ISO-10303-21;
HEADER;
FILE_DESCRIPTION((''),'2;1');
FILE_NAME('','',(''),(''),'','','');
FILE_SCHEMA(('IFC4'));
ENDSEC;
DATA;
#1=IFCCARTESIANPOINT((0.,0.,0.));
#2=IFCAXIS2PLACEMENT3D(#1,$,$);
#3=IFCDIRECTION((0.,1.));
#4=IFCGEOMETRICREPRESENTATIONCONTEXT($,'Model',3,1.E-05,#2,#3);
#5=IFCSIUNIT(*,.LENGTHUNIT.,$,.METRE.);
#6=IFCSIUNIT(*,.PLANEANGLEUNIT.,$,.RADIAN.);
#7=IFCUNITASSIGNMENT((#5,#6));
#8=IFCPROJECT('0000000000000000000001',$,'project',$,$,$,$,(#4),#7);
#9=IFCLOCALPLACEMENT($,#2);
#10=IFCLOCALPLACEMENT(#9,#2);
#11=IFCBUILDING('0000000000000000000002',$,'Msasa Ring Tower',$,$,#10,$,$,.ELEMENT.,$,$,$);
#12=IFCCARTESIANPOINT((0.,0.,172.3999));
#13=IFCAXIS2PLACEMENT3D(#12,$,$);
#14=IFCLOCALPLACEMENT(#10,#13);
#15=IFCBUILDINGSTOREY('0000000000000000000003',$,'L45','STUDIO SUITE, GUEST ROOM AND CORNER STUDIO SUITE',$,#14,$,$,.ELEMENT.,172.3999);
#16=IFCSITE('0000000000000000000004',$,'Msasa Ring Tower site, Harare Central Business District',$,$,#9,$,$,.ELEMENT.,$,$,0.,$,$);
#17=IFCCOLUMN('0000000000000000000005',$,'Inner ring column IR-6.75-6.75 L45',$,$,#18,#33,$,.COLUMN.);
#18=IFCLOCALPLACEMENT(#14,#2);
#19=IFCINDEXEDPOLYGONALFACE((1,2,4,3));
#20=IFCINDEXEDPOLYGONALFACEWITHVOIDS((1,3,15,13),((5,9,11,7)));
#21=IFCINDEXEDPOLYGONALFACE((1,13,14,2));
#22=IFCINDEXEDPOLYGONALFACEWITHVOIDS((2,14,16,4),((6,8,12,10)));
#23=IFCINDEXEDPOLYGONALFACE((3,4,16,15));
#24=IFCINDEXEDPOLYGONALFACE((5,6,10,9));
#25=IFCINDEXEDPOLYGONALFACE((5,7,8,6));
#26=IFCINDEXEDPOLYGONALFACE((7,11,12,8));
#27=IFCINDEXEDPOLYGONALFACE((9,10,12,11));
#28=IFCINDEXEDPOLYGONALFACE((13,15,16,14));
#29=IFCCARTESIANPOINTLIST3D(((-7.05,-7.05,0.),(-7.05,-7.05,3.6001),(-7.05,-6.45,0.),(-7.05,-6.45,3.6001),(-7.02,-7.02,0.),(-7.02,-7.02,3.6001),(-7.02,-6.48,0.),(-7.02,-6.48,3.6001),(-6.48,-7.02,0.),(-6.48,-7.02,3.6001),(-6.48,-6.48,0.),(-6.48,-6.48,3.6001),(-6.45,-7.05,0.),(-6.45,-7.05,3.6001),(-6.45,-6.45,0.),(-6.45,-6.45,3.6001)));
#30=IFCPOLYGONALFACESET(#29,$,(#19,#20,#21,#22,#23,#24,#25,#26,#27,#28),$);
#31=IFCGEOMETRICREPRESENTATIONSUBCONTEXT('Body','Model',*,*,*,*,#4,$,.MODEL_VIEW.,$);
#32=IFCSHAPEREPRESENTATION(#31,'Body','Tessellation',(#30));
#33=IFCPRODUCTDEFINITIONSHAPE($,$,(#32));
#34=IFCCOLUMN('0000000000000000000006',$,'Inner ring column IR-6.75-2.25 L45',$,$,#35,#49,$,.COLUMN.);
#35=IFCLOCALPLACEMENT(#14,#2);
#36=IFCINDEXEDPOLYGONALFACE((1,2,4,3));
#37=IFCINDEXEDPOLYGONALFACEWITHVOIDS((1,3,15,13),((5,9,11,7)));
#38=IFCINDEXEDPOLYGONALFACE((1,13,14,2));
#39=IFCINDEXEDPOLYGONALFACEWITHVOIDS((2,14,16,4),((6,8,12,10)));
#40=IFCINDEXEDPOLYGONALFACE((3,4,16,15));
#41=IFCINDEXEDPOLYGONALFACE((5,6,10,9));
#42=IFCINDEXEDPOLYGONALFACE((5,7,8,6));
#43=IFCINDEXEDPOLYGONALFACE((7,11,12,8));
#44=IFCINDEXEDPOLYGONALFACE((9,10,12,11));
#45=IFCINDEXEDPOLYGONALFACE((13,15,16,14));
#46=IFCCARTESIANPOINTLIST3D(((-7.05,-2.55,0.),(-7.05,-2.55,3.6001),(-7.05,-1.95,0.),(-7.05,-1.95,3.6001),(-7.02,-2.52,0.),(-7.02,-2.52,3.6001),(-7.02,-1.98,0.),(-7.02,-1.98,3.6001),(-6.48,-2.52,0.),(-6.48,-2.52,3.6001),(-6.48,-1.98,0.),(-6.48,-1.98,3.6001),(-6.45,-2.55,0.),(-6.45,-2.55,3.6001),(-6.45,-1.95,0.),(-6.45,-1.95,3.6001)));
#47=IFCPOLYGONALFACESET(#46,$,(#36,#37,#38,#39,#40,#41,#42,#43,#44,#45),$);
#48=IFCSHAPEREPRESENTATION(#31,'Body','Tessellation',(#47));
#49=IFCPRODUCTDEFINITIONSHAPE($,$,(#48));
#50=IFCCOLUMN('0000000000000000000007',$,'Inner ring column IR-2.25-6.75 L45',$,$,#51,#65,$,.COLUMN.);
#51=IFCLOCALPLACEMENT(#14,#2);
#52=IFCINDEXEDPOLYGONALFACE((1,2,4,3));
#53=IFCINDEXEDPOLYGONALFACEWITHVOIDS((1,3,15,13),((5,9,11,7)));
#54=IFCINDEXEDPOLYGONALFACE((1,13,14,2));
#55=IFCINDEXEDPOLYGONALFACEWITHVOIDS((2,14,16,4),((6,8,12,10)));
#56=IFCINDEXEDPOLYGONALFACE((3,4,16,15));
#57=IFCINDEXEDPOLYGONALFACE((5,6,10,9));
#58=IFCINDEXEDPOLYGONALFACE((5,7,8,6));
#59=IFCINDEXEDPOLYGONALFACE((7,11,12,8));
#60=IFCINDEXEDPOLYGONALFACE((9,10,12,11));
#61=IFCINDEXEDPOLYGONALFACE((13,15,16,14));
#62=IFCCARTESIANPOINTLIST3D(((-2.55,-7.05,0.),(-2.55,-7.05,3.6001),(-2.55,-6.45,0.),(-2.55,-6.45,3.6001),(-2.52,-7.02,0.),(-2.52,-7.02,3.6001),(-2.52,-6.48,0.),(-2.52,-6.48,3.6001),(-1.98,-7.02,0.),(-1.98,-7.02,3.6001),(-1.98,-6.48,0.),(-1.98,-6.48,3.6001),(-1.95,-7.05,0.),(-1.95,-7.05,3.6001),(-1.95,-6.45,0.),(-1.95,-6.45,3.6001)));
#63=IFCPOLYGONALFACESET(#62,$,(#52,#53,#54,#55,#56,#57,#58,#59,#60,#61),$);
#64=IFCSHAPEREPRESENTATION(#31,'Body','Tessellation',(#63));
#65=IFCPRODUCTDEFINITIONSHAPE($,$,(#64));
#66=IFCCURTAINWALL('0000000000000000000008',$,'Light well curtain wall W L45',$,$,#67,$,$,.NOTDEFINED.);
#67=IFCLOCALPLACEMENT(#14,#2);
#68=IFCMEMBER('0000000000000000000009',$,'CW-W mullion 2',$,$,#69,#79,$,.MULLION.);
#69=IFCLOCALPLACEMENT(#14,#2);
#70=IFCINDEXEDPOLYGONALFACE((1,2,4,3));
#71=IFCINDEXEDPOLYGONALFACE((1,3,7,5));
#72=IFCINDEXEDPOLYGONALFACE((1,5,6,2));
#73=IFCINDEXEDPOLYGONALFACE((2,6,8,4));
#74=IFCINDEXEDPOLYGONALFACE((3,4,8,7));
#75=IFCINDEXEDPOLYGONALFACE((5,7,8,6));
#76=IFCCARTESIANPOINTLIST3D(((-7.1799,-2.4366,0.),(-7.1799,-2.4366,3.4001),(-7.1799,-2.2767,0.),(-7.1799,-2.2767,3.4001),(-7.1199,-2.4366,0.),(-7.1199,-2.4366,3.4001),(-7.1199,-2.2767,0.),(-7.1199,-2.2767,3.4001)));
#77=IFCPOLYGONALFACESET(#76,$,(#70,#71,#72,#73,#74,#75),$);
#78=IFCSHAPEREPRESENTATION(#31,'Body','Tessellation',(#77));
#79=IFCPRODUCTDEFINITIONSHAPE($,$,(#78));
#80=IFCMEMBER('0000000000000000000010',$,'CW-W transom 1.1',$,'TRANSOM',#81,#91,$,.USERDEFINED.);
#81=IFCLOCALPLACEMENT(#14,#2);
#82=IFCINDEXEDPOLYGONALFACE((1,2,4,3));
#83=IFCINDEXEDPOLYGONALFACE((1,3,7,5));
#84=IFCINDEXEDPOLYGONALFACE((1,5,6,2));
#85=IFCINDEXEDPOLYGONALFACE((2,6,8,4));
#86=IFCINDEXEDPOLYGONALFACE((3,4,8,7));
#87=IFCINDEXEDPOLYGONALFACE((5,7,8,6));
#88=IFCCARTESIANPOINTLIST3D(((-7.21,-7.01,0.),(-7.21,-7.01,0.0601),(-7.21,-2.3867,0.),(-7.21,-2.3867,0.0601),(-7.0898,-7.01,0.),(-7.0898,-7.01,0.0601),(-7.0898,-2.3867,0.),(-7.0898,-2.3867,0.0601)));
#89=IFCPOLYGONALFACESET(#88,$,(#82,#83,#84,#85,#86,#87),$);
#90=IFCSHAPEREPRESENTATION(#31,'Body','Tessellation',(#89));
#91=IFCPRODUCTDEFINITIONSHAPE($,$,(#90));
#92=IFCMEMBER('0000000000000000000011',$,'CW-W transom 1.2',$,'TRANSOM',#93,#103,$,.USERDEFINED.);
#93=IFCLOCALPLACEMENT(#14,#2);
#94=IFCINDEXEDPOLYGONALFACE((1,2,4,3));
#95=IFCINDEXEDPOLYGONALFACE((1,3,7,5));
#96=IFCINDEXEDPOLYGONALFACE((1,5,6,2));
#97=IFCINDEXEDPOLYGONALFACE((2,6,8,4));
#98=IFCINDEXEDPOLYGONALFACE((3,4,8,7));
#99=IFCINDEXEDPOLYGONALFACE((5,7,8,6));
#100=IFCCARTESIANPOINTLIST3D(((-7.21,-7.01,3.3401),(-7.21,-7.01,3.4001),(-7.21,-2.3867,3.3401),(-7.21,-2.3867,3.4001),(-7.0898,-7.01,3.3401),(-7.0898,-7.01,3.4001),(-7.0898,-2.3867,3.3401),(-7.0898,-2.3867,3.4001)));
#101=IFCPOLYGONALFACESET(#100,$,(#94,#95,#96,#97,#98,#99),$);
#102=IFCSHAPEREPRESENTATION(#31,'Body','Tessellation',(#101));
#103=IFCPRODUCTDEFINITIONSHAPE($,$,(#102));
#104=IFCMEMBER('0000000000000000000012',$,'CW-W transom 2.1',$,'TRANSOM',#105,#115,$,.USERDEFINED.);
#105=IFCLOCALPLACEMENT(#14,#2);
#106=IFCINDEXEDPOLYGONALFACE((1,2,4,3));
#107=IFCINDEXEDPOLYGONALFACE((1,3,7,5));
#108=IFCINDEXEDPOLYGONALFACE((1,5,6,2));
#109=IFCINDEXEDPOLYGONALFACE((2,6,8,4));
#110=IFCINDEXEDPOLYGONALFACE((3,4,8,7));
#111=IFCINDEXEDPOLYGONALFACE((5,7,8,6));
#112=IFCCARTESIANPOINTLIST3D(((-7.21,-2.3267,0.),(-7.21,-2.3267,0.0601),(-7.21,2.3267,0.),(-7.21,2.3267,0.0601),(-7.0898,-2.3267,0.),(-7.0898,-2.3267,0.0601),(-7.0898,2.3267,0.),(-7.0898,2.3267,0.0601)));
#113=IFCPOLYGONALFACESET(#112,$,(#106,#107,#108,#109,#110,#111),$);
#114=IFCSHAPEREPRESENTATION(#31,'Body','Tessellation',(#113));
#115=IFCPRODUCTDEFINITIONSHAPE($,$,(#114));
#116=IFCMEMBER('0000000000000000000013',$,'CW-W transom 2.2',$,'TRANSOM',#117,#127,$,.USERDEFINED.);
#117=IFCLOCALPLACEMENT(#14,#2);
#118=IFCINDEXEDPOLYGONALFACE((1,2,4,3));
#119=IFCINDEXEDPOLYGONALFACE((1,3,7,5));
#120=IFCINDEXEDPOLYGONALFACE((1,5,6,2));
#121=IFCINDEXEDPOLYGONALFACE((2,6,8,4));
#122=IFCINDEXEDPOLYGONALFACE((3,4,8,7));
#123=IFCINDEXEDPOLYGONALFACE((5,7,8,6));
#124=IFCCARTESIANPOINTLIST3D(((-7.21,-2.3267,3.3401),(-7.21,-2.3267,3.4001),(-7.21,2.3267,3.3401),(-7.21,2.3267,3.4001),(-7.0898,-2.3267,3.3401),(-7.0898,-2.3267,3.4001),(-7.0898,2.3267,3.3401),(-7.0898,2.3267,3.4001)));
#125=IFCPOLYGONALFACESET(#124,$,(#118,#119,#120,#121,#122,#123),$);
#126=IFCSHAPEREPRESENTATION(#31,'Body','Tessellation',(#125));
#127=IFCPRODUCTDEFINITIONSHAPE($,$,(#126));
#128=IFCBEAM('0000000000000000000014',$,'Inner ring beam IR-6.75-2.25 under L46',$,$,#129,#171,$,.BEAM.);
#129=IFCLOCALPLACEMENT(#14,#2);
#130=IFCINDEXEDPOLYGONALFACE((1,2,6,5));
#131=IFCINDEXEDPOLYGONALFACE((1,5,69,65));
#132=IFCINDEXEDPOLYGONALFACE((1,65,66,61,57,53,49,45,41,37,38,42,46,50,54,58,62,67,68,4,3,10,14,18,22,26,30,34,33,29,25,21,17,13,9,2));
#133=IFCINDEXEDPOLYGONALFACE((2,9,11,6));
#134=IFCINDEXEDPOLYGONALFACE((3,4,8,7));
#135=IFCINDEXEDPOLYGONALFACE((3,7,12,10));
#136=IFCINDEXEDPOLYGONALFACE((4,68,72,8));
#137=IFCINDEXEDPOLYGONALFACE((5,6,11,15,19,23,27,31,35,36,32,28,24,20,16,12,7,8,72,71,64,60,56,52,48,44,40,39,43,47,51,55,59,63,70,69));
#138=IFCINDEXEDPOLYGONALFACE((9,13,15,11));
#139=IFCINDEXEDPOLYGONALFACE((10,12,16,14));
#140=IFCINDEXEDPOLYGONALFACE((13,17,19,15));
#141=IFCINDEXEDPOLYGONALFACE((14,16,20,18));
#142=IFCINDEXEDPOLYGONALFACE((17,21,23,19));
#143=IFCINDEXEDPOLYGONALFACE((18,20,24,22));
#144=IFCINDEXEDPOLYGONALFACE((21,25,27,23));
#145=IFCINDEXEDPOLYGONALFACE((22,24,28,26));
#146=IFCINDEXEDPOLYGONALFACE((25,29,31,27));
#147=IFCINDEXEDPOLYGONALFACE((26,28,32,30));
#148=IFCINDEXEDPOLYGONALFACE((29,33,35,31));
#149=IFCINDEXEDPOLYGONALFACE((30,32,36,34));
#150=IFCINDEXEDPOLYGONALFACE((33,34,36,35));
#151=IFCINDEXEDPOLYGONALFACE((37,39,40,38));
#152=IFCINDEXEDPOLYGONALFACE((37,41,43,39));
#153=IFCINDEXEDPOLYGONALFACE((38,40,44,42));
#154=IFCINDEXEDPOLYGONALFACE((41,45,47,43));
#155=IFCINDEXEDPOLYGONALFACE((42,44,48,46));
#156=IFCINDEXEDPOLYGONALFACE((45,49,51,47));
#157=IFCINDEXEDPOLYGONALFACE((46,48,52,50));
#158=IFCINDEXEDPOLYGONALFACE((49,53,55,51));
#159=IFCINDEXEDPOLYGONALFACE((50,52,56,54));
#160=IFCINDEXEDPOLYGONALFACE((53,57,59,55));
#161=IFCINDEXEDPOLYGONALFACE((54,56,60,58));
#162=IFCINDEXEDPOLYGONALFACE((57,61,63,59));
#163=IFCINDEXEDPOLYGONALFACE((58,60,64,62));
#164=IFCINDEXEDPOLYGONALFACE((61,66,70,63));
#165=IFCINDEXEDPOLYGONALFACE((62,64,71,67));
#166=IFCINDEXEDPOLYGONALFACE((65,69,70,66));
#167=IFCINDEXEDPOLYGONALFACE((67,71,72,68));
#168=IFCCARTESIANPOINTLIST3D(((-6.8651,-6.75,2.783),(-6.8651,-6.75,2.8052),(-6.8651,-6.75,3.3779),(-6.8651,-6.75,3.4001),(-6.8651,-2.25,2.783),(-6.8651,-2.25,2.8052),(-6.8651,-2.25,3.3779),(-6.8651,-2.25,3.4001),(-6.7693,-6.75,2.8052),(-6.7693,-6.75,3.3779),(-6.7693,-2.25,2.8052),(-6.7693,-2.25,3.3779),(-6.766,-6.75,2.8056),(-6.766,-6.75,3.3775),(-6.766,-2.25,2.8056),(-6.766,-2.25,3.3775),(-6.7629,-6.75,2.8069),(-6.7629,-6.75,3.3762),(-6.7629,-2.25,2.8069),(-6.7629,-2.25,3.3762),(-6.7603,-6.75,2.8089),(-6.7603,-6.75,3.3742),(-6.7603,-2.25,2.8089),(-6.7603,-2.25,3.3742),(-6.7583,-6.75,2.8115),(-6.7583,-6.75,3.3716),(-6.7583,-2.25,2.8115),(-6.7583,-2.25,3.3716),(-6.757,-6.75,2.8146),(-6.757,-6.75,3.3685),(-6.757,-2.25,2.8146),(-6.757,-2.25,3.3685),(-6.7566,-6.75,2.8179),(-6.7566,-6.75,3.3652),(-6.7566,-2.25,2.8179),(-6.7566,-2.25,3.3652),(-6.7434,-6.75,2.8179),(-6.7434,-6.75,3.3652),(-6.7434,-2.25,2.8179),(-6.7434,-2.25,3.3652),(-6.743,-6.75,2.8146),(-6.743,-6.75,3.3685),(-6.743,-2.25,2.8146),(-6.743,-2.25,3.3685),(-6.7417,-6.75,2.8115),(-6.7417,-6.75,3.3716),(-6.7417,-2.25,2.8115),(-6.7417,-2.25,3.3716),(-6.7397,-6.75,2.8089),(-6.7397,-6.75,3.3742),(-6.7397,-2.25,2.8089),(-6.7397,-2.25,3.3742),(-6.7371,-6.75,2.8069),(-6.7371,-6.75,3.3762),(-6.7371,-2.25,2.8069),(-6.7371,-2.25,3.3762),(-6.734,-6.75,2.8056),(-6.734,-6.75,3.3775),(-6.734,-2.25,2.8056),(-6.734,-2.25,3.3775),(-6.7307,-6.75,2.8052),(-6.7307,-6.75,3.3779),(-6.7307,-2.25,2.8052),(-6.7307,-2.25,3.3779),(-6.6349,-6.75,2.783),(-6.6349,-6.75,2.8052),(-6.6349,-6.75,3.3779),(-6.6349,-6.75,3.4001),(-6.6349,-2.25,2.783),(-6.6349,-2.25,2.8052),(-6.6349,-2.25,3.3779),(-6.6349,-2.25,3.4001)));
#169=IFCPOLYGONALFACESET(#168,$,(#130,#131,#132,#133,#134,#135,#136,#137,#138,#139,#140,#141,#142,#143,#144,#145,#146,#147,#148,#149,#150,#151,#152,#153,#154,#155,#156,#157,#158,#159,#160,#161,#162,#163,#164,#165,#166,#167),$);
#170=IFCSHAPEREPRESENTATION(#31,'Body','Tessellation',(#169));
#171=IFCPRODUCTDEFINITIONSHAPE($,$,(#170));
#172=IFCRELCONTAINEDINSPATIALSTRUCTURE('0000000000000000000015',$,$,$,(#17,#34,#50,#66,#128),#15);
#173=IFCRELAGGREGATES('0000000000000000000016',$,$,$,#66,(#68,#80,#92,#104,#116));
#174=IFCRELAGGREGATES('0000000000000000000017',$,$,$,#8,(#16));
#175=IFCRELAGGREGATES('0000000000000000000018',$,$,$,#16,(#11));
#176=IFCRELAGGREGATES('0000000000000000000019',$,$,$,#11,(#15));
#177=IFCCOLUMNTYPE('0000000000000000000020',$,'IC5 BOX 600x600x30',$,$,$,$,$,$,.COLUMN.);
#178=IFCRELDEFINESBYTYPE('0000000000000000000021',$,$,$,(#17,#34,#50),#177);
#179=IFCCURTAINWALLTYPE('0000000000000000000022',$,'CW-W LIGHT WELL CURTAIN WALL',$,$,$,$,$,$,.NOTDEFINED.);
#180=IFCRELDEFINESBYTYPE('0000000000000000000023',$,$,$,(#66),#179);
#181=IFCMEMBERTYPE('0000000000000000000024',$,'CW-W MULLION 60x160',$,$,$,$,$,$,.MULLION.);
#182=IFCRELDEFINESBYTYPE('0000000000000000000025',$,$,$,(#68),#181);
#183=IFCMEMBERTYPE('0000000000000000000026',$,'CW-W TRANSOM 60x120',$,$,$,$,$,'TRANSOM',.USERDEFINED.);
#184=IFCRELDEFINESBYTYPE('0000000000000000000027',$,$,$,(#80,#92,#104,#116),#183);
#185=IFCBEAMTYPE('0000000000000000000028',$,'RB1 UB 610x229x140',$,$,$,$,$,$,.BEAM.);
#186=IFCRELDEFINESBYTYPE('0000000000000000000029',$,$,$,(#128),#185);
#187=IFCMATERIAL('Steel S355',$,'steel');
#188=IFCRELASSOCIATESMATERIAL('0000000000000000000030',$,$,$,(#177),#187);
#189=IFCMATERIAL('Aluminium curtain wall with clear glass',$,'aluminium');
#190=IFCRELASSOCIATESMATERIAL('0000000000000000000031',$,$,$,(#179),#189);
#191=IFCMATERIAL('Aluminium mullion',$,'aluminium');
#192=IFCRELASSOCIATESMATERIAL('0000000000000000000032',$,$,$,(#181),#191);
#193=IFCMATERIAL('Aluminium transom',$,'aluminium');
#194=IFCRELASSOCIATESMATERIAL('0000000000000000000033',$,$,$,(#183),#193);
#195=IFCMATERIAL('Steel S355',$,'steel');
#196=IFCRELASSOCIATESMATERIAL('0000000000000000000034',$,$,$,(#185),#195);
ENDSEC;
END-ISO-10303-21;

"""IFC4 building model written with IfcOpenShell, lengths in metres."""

from ifc_helpers import new_model, si_unit, direction, frame, origin, origin_2d, place, context, subcontext, project, spatial, rectangle, hollow_rectangle, i_section, extrude, material, material_profile, profile_set, type_object, element, aggregate, save


model = new_model("IFC4")

# Units and contexts
model_context = context("Model", 3, precision=1e-05, world=origin(), true_north=direction((0.0, 1.0)))
body_context = subcontext(model_context, "Body", "Model", "MODEL_VIEW")
ifc_project = project(units=[si_unit("LENGTHUNIT", "METRE"), si_unit("PLANEANGLEUNIT", "RADIAN")], contexts=[model_context])

# Site, building, storey
site_placement = place(None, origin())
site = spatial("IfcSite", under=ifc_project, at=site_placement, Name="Msasa Ring Tower site, Harare Central Business District", CompositionType="ELEMENT", RefElevation=0.0)
building_placement = place(site_placement, origin())
building = spatial("IfcBuilding", under=site, at=building_placement, Name="Msasa Ring Tower", CompositionType="ELEMENT")
storey_placement = place(building_placement, frame((0.0, 0.0, 172.3999)))
storey = spatial("IfcBuildingStorey", under=building, at=storey_placement, Name="L45", Description="STUDIO SUITE, GUEST ROOM AND CORNER STUDIO SUITE", CompositionType="ELEMENT", Elevation=172.3999)

# Columns
ifc_material_1 = material(Name="Steel S355", Category="steel")
ifc_material_profile_1 = material_profile(ifc_material_1, hollow_rectangle(XDim=0.6001, YDim=0.6001, WallThickness=0.03, at=origin_2d()), Name="BOX 600x600x30")
ifc_profile_set_1 = profile_set([ifc_material_profile_1], Name="Steel S355")
column_type = type_object("IfcColumnType", Name="IC5 BOX 600x600x30", PredefinedType="COLUMN", material=ifc_profile_set_1)
for number, where, z_axis, x_axis, name in (
    (1, (-6.75, -6.75, 0.0), (0.0, 0.0, 1.0), (1.0, 0.0, 0.0), "Inner ring column IR-6.75-6.75 L45"),
    (2, (-6.75, -2.25, 0.0), (0.0, 0.0, 1.0), (1.0, 0.0, 0.0), "Inner ring column IR-6.75-2.25 L45"),
    (3, (-2.25, -6.75, 0.0), (0.0, 0.0, 1.0), (1.0, 0.0, 0.0), "Inner ring column IR-2.25-6.75 L45"),
):
    element("IfcColumn", number, at=place(storey_placement, frame(where, z_axis=z_axis, x_axis=x_axis)), inside=storey, type_object=column_type, Name=name, PredefinedType="COLUMN", context=body_context, shape_type="SweptSolid", body=[
        extrude(hollow_rectangle(XDim=0.6001, YDim=0.6001, WallThickness=0.03, at=origin_2d()), origin(), (0.0, 0.0, 1.0), 3.6001),
    ])

# Curtain wall, members
ifc_material_2 = material(Name="Aluminium curtain wall with clear glass", Category="aluminium")
curtain_wall_type = type_object("IfcCurtainWallType", Name="CW-W LIGHT WELL CURTAIN WALL", PredefinedType="NOTDEFINED", material=ifc_material_2)
curtain_wall_placement = place(storey_placement, origin())
curtain_wall = element("IfcCurtainWall", 4, at=curtain_wall_placement, inside=storey, type_object=curtain_wall_type, Name="Light well curtain wall W L45", PredefinedType="NOTDEFINED")
ifc_material_3 = material(Name="Aluminium mullion", Category="aluminium")
ifc_material_profile_2 = material_profile(ifc_material_3, rectangle(XDim=0.0601, YDim=0.1599, at=origin_2d()), Name="AL 60x160")
ifc_profile_set_2 = profile_set([ifc_material_profile_2], Name="Aluminium mullion")
member_type_1 = type_object("IfcMemberType", Name="CW-W MULLION 60x160", PredefinedType="MULLION", material=ifc_profile_set_2)
member_1_placement = place(storey_placement, frame((-7.1499, -2.3567, 0.0), z_axis=(0.0, 0.0, 1.0), x_axis=(-1.0, 0.0, 0.0)))
member_1 = element("IfcMember", 5, at=member_1_placement, type_object=member_type_1, Name="CW-W mullion 2", PredefinedType="MULLION", context=body_context, shape_type="SweptSolid", body=[
    extrude(rectangle(XDim=0.0601, YDim=0.1599, at=origin_2d()), origin(), (0.0, 0.0, 1.0), 3.4001),
])
ifc_material_4 = material(Name="Aluminium transom", Category="aluminium")
ifc_material_profile_3 = material_profile(ifc_material_4, rectangle(XDim=0.1201, YDim=0.0601, at=origin_2d()), Name="AL 60x120")
ifc_profile_set_3 = profile_set([ifc_material_profile_3], Name="Aluminium transom")
member_type_2 = type_object("IfcMemberType", Name="CW-W TRANSOM 60x120", ElementType="TRANSOM", PredefinedType="USERDEFINED", material=ifc_profile_set_3)
member_2_placement = place(storey_placement, frame((-7.1499, -7.01, 0.03), z_axis=(0.0, 1.0, 0.0), x_axis=(-1.0, 0.0, 0.0)))
member_2 = element("IfcMember", 6, at=member_2_placement, type_object=member_type_2, Name="CW-W transom 1.1", ObjectType="TRANSOM", PredefinedType="USERDEFINED", context=body_context, shape_type="SweptSolid", body=[
    extrude(rectangle(XDim=0.1201, YDim=0.0601, at=origin_2d()), origin(), (0.0, 0.0, 1.0), 4.6233),
])
member_3_placement = place(storey_placement, frame((-7.1499, -7.01, 3.3701), z_axis=(0.0, 1.0, 0.0), x_axis=(-1.0, 0.0, 0.0)))
member_3 = element("IfcMember", 7, at=member_3_placement, type_object=member_type_2, Name="CW-W transom 1.2", ObjectType="TRANSOM", PredefinedType="USERDEFINED", context=body_context, shape_type="SweptSolid", body=[
    extrude(rectangle(XDim=0.1201, YDim=0.0601, at=origin_2d()), origin(), (0.0, 0.0, 1.0), 4.6233),
])
member_4_placement = place(storey_placement, frame((-7.1499, -2.3267, 0.03), z_axis=(0.0, 1.0, 0.0), x_axis=(-1.0, 0.0, 0.0)))
member_4 = element("IfcMember", 8, at=member_4_placement, type_object=member_type_2, Name="CW-W transom 2.1", ObjectType="TRANSOM", PredefinedType="USERDEFINED", context=body_context, shape_type="SweptSolid", body=[
    extrude(rectangle(XDim=0.1201, YDim=0.0601, at=origin_2d()), origin(), (0.0, 0.0, 1.0), 4.6533),
])
member_5_placement = place(storey_placement, frame((-7.1499, -2.3267, 3.3701), z_axis=(0.0, 1.0, 0.0), x_axis=(-1.0, 0.0, 0.0)))
member_5 = element("IfcMember", 9, at=member_5_placement, type_object=member_type_2, Name="CW-W transom 2.2", ObjectType="TRANSOM", PredefinedType="USERDEFINED", context=body_context, shape_type="SweptSolid", body=[
    extrude(rectangle(XDim=0.1201, YDim=0.0601, at=origin_2d()), origin(), (0.0, 0.0, 1.0), 4.6533),
])

# Beam
ifc_material_5 = material(Name="Steel S355", Category="steel")
ifc_material_profile_4 = material_profile(ifc_material_5, i_section(OverallWidth=0.2302, OverallDepth=0.6172, WebThickness=0.0132, FlangeThickness=0.0222, FilletRadius=0.0127, at=origin_2d()), Name="UB 610x229x140")
ifc_profile_set_4 = profile_set([ifc_material_profile_4], Name="Steel S355")
beam_type = type_object("IfcBeamType", Name="RB1 UB 610x229x140", PredefinedType="BEAM", material=ifc_profile_set_4)
for number, where, z_axis, x_axis, name in (
    (10, (-6.75, -2.25, 3.0916), (0.0, -1.0, 0.0), (1.0, 0.0, 0.0), "Inner ring beam IR-6.75-2.25 under L46"),
):
    element("IfcBeam", number, at=place(storey_placement, frame(where, z_axis=z_axis, x_axis=x_axis)), inside=storey, type_object=beam_type, Name=name, PredefinedType="BEAM", context=body_context, shape_type="SweptSolid", body=[
        extrude(i_section(OverallWidth=0.2302, OverallDepth=0.6172, WebThickness=0.0132, FlangeThickness=0.0222, FilletRadius=0.0127, at=origin_2d()), origin(), (0.0, 0.0, 1.0), 4.5),
    ])

aggregate(curtain_wall, [member_1, member_2, member_3, member_4, member_5])

save(model, "model.ifc")
